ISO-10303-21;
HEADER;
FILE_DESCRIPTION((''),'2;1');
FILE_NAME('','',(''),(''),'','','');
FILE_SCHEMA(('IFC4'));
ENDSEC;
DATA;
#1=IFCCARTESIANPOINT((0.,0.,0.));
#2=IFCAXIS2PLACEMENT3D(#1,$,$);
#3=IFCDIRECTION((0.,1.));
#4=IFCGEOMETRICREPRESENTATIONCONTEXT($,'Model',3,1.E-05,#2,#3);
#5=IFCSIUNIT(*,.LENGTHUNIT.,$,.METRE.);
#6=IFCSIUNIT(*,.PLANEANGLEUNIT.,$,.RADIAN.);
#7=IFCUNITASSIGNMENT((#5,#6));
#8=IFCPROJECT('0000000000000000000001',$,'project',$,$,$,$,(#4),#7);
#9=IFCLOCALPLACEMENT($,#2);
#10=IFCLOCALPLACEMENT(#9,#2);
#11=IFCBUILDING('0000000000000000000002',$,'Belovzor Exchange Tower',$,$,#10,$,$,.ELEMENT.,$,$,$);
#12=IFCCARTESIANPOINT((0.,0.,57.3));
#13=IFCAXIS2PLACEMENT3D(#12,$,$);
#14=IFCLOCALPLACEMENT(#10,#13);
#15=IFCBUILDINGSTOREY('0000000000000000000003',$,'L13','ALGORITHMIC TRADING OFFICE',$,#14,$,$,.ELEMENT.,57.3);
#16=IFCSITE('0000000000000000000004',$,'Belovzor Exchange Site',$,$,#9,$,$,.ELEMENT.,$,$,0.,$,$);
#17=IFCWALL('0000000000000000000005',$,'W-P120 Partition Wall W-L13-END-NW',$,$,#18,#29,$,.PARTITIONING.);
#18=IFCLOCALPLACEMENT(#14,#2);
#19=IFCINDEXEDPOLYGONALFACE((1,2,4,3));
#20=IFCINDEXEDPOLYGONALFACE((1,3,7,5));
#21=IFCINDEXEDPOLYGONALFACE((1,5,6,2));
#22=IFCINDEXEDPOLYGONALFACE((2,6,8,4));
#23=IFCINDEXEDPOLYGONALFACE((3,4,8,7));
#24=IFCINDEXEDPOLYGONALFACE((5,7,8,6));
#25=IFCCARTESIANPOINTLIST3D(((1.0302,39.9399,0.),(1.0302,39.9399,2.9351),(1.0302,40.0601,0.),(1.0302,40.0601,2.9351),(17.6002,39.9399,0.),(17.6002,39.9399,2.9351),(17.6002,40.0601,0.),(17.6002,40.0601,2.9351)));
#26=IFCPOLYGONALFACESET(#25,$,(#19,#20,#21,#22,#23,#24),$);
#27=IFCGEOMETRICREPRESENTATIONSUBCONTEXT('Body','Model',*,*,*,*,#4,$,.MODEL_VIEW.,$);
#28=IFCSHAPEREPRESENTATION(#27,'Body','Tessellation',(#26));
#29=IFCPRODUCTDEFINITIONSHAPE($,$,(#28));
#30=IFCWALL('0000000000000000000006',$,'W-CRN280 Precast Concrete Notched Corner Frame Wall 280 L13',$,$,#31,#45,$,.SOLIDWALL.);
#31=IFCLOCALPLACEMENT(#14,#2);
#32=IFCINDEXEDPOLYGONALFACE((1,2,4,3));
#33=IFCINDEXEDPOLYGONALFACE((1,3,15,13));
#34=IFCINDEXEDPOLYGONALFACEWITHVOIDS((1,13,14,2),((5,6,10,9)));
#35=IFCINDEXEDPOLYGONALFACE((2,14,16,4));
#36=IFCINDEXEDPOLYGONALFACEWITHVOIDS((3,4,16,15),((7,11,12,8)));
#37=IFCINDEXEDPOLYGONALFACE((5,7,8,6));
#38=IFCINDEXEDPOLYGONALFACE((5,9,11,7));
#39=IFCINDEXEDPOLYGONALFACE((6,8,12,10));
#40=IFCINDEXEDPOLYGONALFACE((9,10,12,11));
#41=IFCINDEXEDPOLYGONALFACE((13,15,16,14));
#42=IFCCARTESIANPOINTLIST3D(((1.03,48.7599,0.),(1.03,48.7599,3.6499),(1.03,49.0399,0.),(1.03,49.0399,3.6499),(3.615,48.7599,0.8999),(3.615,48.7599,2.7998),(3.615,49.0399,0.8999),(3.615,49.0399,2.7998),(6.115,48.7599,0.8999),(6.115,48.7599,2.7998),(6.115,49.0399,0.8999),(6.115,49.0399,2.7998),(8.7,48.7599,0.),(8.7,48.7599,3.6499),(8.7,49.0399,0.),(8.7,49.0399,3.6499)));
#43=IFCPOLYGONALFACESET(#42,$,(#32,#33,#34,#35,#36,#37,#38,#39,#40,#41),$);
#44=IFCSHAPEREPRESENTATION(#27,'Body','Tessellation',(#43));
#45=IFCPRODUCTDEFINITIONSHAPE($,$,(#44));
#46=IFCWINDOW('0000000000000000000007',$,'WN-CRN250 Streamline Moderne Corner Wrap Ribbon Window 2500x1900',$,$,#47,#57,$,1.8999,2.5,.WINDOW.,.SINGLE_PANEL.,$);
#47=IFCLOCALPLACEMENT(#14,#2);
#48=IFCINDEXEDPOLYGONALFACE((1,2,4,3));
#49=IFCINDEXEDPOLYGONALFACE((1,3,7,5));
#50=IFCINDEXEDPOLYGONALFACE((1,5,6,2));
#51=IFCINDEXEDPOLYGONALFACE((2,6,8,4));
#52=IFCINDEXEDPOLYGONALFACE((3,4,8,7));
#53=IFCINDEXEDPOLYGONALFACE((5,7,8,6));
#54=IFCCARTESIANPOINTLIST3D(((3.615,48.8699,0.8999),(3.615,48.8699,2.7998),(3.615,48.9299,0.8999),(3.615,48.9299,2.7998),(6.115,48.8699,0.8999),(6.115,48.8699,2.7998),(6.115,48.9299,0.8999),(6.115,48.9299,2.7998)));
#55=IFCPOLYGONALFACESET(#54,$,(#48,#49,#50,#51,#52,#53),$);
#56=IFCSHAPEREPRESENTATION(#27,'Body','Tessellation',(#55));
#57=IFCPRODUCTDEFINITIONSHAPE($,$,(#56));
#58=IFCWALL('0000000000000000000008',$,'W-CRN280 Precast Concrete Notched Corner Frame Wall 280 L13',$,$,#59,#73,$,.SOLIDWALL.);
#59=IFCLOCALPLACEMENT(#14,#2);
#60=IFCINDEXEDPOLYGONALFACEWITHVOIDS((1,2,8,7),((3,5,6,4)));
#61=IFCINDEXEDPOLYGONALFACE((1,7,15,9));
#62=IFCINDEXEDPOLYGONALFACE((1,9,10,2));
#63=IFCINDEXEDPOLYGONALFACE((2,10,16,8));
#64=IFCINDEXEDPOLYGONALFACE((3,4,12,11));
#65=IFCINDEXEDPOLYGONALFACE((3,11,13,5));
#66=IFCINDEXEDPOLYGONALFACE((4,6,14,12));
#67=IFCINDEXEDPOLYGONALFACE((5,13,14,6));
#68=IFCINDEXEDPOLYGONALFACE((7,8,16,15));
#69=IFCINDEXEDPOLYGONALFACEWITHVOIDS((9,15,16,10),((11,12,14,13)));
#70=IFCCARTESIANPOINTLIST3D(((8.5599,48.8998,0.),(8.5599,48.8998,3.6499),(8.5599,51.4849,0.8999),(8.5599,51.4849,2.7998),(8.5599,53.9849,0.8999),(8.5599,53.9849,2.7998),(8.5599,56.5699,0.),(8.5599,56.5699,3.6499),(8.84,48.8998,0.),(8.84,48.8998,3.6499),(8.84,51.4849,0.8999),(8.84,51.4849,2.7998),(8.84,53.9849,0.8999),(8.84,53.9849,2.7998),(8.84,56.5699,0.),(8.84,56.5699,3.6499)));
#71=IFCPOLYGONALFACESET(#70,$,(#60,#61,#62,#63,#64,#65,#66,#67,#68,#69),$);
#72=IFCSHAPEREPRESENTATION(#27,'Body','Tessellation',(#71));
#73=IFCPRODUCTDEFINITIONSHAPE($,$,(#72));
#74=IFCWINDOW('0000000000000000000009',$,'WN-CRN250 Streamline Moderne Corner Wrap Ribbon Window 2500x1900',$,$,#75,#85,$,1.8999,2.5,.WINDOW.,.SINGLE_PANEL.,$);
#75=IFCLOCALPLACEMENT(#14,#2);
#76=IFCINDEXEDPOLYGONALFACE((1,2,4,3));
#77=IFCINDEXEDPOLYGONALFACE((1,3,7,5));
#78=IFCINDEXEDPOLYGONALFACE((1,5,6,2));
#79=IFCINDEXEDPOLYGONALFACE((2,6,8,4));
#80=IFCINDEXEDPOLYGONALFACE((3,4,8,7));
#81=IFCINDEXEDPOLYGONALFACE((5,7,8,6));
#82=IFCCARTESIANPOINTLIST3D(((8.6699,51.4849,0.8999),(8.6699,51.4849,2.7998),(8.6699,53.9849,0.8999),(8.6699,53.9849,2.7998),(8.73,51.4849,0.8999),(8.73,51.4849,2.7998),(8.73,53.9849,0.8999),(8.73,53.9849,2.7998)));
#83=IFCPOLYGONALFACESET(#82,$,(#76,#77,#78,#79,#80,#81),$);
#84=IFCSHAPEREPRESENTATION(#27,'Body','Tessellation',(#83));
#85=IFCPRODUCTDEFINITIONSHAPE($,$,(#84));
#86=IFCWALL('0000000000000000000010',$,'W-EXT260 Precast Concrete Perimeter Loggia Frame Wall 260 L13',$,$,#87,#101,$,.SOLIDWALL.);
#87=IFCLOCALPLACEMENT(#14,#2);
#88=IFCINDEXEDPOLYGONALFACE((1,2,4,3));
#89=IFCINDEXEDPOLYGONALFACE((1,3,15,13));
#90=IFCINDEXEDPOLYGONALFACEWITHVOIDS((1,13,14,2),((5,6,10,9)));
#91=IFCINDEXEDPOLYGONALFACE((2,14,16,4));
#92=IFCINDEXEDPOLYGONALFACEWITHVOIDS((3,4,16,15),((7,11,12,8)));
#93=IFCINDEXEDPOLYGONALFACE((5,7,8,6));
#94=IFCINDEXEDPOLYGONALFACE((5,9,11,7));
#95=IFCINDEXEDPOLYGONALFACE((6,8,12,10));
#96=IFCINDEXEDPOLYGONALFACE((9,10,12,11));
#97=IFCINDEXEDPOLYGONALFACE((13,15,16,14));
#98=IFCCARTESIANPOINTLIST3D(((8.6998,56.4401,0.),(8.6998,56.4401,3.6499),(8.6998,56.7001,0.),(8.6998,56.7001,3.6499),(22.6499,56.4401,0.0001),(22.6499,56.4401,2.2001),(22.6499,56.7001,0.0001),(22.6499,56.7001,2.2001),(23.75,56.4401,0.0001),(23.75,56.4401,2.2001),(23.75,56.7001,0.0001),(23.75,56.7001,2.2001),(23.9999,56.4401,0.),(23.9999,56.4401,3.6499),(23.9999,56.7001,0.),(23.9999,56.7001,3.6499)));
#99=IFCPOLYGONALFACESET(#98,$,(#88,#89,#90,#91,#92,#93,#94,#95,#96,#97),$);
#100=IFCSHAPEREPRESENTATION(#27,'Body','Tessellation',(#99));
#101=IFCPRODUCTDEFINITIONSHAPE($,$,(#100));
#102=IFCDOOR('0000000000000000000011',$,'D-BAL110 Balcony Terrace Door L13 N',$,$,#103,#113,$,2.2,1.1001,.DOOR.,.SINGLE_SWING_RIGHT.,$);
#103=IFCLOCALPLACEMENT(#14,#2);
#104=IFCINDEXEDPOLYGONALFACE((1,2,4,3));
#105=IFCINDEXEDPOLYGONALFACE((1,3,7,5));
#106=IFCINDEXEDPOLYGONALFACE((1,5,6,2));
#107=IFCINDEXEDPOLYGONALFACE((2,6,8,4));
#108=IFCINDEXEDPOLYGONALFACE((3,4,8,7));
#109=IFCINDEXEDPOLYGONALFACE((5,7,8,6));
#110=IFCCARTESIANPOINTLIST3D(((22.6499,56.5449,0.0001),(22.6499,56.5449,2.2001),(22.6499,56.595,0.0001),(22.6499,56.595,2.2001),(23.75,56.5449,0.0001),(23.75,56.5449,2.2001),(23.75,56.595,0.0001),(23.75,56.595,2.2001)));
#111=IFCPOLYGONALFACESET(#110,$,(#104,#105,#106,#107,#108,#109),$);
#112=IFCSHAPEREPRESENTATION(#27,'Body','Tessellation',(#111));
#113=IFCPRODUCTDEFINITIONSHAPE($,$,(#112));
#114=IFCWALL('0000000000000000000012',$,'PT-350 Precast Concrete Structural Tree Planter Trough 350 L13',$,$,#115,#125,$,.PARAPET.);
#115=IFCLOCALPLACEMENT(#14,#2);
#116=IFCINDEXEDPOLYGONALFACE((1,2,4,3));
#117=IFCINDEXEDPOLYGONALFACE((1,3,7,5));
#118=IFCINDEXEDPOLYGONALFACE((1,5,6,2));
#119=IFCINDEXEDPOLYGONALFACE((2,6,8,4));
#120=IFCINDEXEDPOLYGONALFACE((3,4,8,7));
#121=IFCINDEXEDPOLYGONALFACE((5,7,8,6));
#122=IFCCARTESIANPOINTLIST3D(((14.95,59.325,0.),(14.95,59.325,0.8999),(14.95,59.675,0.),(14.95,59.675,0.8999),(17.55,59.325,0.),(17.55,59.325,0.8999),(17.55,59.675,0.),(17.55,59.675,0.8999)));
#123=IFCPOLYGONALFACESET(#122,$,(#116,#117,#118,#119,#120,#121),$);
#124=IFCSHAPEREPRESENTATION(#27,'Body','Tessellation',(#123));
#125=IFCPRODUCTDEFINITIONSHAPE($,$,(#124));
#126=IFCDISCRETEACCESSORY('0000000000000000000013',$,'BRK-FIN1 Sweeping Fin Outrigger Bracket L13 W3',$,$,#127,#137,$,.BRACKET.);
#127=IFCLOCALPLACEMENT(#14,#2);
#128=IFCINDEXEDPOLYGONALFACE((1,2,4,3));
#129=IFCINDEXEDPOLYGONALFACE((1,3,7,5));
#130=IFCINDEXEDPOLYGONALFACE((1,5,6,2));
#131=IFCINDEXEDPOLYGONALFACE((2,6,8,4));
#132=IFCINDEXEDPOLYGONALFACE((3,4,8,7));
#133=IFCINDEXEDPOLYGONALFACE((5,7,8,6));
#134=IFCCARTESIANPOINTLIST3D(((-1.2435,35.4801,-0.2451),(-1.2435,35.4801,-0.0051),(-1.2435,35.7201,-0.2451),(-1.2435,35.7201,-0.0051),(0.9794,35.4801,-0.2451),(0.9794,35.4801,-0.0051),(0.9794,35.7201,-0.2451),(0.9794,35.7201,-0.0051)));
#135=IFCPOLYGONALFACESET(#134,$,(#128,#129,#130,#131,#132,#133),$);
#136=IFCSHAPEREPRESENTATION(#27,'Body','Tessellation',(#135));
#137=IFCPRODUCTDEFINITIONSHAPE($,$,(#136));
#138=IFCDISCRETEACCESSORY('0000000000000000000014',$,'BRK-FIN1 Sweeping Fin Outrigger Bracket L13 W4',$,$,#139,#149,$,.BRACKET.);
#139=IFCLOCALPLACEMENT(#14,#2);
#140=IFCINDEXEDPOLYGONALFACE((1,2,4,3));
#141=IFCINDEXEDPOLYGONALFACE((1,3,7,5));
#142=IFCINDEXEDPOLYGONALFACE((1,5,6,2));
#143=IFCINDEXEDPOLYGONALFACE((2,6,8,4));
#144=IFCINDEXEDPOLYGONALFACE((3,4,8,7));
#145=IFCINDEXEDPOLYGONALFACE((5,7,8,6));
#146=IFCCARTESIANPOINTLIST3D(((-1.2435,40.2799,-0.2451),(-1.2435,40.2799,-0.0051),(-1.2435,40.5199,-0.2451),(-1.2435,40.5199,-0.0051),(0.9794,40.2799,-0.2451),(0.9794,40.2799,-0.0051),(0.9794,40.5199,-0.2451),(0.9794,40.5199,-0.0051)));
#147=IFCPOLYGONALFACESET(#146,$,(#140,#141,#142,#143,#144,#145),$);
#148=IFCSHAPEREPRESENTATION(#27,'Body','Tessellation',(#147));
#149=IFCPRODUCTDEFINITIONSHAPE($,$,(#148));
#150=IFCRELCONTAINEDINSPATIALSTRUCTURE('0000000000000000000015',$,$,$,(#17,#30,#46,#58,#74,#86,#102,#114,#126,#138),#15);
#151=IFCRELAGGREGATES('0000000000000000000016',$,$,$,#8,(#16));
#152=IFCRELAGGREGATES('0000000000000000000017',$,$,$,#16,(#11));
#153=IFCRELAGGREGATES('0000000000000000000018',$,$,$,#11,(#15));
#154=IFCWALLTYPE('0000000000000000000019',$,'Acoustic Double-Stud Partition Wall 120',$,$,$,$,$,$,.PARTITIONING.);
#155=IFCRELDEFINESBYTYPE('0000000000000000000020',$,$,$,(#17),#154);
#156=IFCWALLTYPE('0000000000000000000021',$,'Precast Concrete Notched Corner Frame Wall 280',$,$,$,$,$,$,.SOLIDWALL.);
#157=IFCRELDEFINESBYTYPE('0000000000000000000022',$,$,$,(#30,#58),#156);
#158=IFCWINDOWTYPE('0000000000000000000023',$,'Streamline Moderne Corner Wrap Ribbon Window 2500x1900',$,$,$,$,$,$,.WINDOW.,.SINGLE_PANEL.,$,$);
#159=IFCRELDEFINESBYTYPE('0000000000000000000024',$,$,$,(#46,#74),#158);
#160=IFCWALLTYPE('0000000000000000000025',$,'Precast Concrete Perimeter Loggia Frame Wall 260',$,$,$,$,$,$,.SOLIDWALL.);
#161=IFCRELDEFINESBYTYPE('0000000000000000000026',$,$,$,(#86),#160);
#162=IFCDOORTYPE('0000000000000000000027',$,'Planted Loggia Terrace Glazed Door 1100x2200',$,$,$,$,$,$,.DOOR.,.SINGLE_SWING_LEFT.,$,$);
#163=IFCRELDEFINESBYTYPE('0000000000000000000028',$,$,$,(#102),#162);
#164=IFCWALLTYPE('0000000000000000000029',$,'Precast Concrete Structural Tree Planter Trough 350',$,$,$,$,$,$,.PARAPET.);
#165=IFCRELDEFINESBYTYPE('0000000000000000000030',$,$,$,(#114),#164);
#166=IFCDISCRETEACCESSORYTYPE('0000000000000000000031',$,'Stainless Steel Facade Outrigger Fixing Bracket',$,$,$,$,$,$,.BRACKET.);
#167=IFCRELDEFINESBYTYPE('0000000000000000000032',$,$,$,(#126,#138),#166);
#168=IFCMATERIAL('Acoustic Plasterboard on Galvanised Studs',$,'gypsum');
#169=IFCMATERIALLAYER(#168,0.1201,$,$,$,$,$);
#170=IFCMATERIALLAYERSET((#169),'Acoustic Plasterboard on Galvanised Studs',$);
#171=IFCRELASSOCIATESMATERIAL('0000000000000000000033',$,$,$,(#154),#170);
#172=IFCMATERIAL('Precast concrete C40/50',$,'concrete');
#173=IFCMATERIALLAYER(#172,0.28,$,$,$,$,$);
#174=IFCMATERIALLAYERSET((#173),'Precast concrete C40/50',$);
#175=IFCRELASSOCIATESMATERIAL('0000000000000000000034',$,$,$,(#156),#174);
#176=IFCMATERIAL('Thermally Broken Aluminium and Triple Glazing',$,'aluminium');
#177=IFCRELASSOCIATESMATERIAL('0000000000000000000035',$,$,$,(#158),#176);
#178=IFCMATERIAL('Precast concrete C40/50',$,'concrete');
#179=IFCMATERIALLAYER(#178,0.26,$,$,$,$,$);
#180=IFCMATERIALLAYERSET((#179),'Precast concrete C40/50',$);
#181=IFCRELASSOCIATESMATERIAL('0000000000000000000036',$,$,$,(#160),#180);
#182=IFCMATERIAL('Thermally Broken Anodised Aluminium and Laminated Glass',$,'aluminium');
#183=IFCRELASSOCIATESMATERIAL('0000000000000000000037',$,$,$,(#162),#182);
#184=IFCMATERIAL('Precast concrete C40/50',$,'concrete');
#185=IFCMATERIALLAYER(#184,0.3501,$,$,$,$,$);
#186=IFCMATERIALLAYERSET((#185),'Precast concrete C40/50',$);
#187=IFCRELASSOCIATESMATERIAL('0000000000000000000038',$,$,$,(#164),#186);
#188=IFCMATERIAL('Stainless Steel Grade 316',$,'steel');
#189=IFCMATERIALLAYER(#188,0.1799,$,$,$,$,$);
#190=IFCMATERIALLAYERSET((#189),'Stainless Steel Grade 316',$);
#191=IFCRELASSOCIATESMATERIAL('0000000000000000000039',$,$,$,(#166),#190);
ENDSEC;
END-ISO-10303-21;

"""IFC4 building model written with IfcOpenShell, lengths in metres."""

from ifc_helpers import new_model, si_unit, direction, frame, frame_2d, origin, origin_2d, place, context, subcontext, project, spatial, rectangle, extrude, material, layer, layer_set, type_object, element, fill, save


model = new_model("IFC4")

# Units and contexts
model_context = context("Model", 3, precision=1e-05, world=origin(), true_north=direction((0.0, 1.0)))
body_context = subcontext(model_context, "Body", "Model", "MODEL_VIEW")
ifc_project = project(units=[si_unit("LENGTHUNIT", "METRE"), si_unit("PLANEANGLEUNIT", "RADIAN")], contexts=[model_context])

# Site, building, storey
site_placement = place(None, origin())
site = spatial("IfcSite", under=ifc_project, at=site_placement, Name="Belovzor Exchange Site", CompositionType="ELEMENT", RefElevation=0.0)
building_placement = place(site_placement, origin())
building = spatial("IfcBuilding", under=site, at=building_placement, Name="Belovzor Exchange Tower", CompositionType="ELEMENT")
storey_placement = place(building_placement, frame((0.0, 0.0, 57.3)))
storey = spatial("IfcBuildingStorey", under=building, at=storey_placement, Name="L13", Description="ALGORITHMIC TRADING OFFICE", CompositionType="ELEMENT", Elevation=57.3)

# Wall
ifc_material_1 = material(Name="Acoustic Plasterboard on Galvanised Studs", Category="gypsum")
ifc_layer_1 = layer(ifc_material_1, 0.1201)
ifc_layer_set_1 = layer_set([ifc_layer_1], Name="Acoustic Plasterboard on Galvanised Studs")
wall_type_1 = type_object("IfcWallType", Name="Acoustic Double-Stud Partition Wall 120", PredefinedType="PARTITIONING", material=ifc_layer_set_1)
wall_1_placement = place(storey_placement, frame((1.03, 40.0, 0.0), z_axis=(0.0, 0.0, 1.0), x_axis=(1.0, 0.0, 0.0)))
element("IfcWall", 1, at=wall_1_placement, inside=storey, type_object=wall_type_1, Name="W-P120 Partition Wall W-L13-END-NW", PredefinedType="PARTITIONING", context=body_context, shape_type="SweptSolid", body=[
    extrude(rectangle(XDim=16.5701, YDim=0.1201, at=frame_2d((8.2852, 0.0))), origin(), (0.0, 0.0, 1.0), 2.9351),
])

# Walls, openings, windows
ifc_material_2 = material(Name="Precast concrete C40/50", Category="concrete")
ifc_layer_2 = layer(ifc_material_2, 0.28)
ifc_layer_set_2 = layer_set([ifc_layer_2], Name="Precast concrete C40/50")
wall_type_2 = type_object("IfcWallType", Name="Precast Concrete Notched Corner Frame Wall 280", PredefinedType="SOLIDWALL", material=ifc_layer_set_2)
wall_2_placement = place(storey_placement, frame((1.03, 48.8999, 0.0), z_axis=(0.0, 0.0, 1.0), x_axis=(1.0, 0.0, 0.0)))
wall_2 = element("IfcWall", 2, at=wall_2_placement, inside=storey, type_object=wall_type_2, Name="W-CRN280 Precast Concrete Notched Corner Frame Wall 280 L13", PredefinedType="SOLIDWALL", context=body_context, shape_type="SweptSolid", body=[
    extrude(rectangle(XDim=7.6699, YDim=0.28, at=frame_2d((3.835, 0.0))), origin(), (0.0, 0.0, 1.0), 3.6499),
])
opening_1_placement = place(wall_2_placement, frame((2.585, 0.0, 0.8999)))
opening_1 = element("IfcOpeningElement", 3, at=opening_1_placement, cuts=wall_2, PredefinedType="OPENING", context=body_context, shape_type="SweptSolid", body=[
    extrude(rectangle(XDim=2.5, YDim=1.8999, at=frame_2d((1.25, 0.95))), frame((0.0, 0.1499, 0.0), z_axis=(0.0, -1.0, 0.0), x_axis=(1.0, 0.0, 0.0)), (0.0, 0.0, 1.0), 0.3),
])
ifc_material_3 = material(Name="Thermally Broken Aluminium and Triple Glazing", Category="aluminium")
window_type = type_object("IfcWindowType", Name="Streamline Moderne Corner Wrap Ribbon Window 2500x1900", PartitioningType="SINGLE_PANEL", PredefinedType="WINDOW", material=ifc_material_3)
window_1_placement = place(opening_1_placement, origin())
window_1 = element("IfcWindow", 4, at=window_1_placement, inside=storey, type_object=window_type, Name="WN-CRN250 Streamline Moderne Corner Wrap Ribbon Window 2500x1900", OverallHeight=1.8999, OverallWidth=2.5, PartitioningType="SINGLE_PANEL", PredefinedType="WINDOW", context=body_context, shape_type="SweptSolid", body=[
    extrude(rectangle(XDim=2.5, YDim=1.8999, at=frame_2d((1.25, 0.95))), frame((0.0, 0.03, 0.0), z_axis=(0.0, -1.0, 0.0), x_axis=(1.0, 0.0, 0.0)), (0.0, 0.0, 1.0), 0.0601),
])
fill(opening_1, window_1)
wall_3_placement = place(storey_placement, frame((8.7, 48.8999, 0.0), z_axis=(0.0, 0.0, 1.0), x_axis=(0.0, 1.0, 0.0)))
wall_3 = element("IfcWall", 5, at=wall_3_placement, inside=storey, type_object=wall_type_2, Name="W-CRN280 Precast Concrete Notched Corner Frame Wall 280 L13", PredefinedType="SOLIDWALL", context=body_context, shape_type="SweptSolid", body=[
    extrude(rectangle(XDim=7.6702, YDim=0.28, at=frame_2d((3.835, 0.0))), origin(), (0.0, 0.0, 1.0), 3.6499),
])
opening_2_placement = place(wall_3_placement, frame((2.585, 0.0, 0.8999)))
opening_2 = element("IfcOpeningElement", 6, at=opening_2_placement, cuts=wall_3, PredefinedType="OPENING", context=body_context, shape_type="SweptSolid", body=[
    extrude(rectangle(XDim=2.5, YDim=1.8999, at=frame_2d((1.25, 0.95))), frame((0.0, 0.1499, 0.0), z_axis=(0.0, -1.0, 0.0), x_axis=(1.0, 0.0, 0.0)), (0.0, 0.0, 1.0), 0.3),
])
window_2_placement = place(opening_2_placement, origin())
window_2 = element("IfcWindow", 7, at=window_2_placement, inside=storey, type_object=window_type, Name="WN-CRN250 Streamline Moderne Corner Wrap Ribbon Window 2500x1900", OverallHeight=1.8999, OverallWidth=2.5, PartitioningType="SINGLE_PANEL", PredefinedType="WINDOW", context=body_context, shape_type="SweptSolid", body=[
    extrude(rectangle(XDim=2.5, YDim=1.8999, at=frame_2d((1.25, 0.95))), frame((0.0, 0.03, 0.0), z_axis=(0.0, -1.0, 0.0), x_axis=(1.0, 0.0, 0.0)), (0.0, 0.0, 1.0), 0.0601),
])
fill(opening_2, window_2)

# Wall, opening, door
ifc_material_4 = material(Name="Precast concrete C40/50", Category="concrete")
ifc_layer_3 = layer(ifc_material_4, 0.26)
ifc_layer_set_3 = layer_set([ifc_layer_3], Name="Precast concrete C40/50")
wall_type_3 = type_object("IfcWallType", Name="Precast Concrete Perimeter Loggia Frame Wall 260", PredefinedType="SOLIDWALL", material=ifc_layer_set_3)
wall_4_placement = place(storey_placement, frame((8.7, 56.5701, 0.0), z_axis=(0.0, 0.0, 1.0), x_axis=(1.0, 0.0, 0.0)))
wall_4 = element("IfcWall", 8, at=wall_4_placement, inside=storey, type_object=wall_type_3, Name="W-EXT260 Precast Concrete Perimeter Loggia Frame Wall 260 L13", PredefinedType="SOLIDWALL", context=body_context, shape_type="SweptSolid", body=[
    extrude(rectangle(XDim=15.3, YDim=0.26, at=frame_2d((7.6499, 0.0))), origin(), (0.0, 0.0, 1.0), 3.6499),
])
opening_3_placement = place(wall_4_placement, frame((13.95, 0.0, 0.0)))
opening_3 = element("IfcOpeningElement", 9, at=opening_3_placement, cuts=wall_4, PredefinedType="OPENING", context=body_context, shape_type="SweptSolid", body=[
    extrude(rectangle(XDim=1.1001, YDim=2.2, at=frame_2d((0.55, 1.1001))), frame((0.0, 0.1399, 0.0), z_axis=(0.0, -1.0, 0.0), x_axis=(1.0, 0.0, 0.0)), (0.0, 0.0, 1.0), 0.28),
])
ifc_material_5 = material(Name="Thermally Broken Anodised Aluminium and Laminated Glass", Category="aluminium")
door_type = type_object("IfcDoorType", Name="Planted Loggia Terrace Glazed Door 1100x2200", OperationType="SINGLE_SWING_LEFT", PredefinedType="DOOR", material=ifc_material_5)
door_placement = place(opening_3_placement, origin())
door = element("IfcDoor", 10, at=door_placement, inside=storey, type_object=door_type, Name="D-BAL110 Balcony Terrace Door L13 N", OperationType="SINGLE_SWING_RIGHT", OverallHeight=2.2, OverallWidth=1.1001, PredefinedType="DOOR", context=body_context, shape_type="SweptSolid", body=[
    extrude(rectangle(XDim=1.1001, YDim=2.2, at=frame_2d((0.55, 1.1001))), frame((0.0, 0.0249, 0.0), z_axis=(0.0, -1.0, 0.0), x_axis=(1.0, 0.0, 0.0)), (0.0, 0.0, 1.0), 0.05),
])
fill(opening_3, door)

# Wall
ifc_material_6 = material(Name="Precast concrete C40/50", Category="concrete")
ifc_layer_4 = layer(ifc_material_6, 0.3501)
ifc_layer_set_4 = layer_set([ifc_layer_4], Name="Precast concrete C40/50")
wall_type_4 = type_object("IfcWallType", Name="Precast Concrete Structural Tree Planter Trough 350", PredefinedType="PARAPET", material=ifc_layer_set_4)
wall_5_placement = place(storey_placement, frame((14.95, 59.5, 0.0), z_axis=(0.0, 0.0, 1.0), x_axis=(1.0, 0.0, 0.0)))
element("IfcWall", 11, at=wall_5_placement, inside=storey, type_object=wall_type_4, Name="PT-350 Precast Concrete Structural Tree Planter Trough 350 L13", PredefinedType="PARAPET", context=body_context, shape_type="SweptSolid", body=[
    extrude(rectangle(XDim=2.6001, YDim=0.3501, at=frame_2d((1.3, 0.0))), origin(), (0.0, 0.0, 1.0), 0.8999),
])

# Discrete accessories
ifc_material_7 = material(Name="Stainless Steel Grade 316", Category="steel")
ifc_layer_5 = layer(ifc_material_7, 0.1799)
ifc_layer_set_5 = layer_set([ifc_layer_5], Name="Stainless Steel Grade 316")
discrete_accessory_type = type_object("IfcDiscreteAccessoryType", Name="Stainless Steel Facade Outrigger Fixing Bracket", PredefinedType="BRACKET", material=ifc_layer_set_5)
for number, where, z_axis, x_axis, name in (
    (12, (-0.1321, 35.6001, -0.2451), (0.0, 0.0, 1.0), (1.0, 0.0, 0.0), "BRK-FIN1 Sweeping Fin Outrigger Bracket L13 W3"),
    (13, (-0.1321, 40.3999, -0.2451), (0.0, 0.0, 1.0), (1.0, 0.0, 0.0), "BRK-FIN1 Sweeping Fin Outrigger Bracket L13 W4"),
):
    element("IfcDiscreteAccessory", number, at=place(storey_placement, frame(where, z_axis=z_axis, x_axis=x_axis)), inside=storey, type_object=discrete_accessory_type, Name=name, PredefinedType="BRACKET", context=body_context, shape_type="SweptSolid", body=[
        extrude(rectangle(XDim=2.2229, YDim=0.24, at=origin_2d()), origin(), (0.0, 0.0, 1.0), 0.24),
    ])

save(model, "model.ifc")
